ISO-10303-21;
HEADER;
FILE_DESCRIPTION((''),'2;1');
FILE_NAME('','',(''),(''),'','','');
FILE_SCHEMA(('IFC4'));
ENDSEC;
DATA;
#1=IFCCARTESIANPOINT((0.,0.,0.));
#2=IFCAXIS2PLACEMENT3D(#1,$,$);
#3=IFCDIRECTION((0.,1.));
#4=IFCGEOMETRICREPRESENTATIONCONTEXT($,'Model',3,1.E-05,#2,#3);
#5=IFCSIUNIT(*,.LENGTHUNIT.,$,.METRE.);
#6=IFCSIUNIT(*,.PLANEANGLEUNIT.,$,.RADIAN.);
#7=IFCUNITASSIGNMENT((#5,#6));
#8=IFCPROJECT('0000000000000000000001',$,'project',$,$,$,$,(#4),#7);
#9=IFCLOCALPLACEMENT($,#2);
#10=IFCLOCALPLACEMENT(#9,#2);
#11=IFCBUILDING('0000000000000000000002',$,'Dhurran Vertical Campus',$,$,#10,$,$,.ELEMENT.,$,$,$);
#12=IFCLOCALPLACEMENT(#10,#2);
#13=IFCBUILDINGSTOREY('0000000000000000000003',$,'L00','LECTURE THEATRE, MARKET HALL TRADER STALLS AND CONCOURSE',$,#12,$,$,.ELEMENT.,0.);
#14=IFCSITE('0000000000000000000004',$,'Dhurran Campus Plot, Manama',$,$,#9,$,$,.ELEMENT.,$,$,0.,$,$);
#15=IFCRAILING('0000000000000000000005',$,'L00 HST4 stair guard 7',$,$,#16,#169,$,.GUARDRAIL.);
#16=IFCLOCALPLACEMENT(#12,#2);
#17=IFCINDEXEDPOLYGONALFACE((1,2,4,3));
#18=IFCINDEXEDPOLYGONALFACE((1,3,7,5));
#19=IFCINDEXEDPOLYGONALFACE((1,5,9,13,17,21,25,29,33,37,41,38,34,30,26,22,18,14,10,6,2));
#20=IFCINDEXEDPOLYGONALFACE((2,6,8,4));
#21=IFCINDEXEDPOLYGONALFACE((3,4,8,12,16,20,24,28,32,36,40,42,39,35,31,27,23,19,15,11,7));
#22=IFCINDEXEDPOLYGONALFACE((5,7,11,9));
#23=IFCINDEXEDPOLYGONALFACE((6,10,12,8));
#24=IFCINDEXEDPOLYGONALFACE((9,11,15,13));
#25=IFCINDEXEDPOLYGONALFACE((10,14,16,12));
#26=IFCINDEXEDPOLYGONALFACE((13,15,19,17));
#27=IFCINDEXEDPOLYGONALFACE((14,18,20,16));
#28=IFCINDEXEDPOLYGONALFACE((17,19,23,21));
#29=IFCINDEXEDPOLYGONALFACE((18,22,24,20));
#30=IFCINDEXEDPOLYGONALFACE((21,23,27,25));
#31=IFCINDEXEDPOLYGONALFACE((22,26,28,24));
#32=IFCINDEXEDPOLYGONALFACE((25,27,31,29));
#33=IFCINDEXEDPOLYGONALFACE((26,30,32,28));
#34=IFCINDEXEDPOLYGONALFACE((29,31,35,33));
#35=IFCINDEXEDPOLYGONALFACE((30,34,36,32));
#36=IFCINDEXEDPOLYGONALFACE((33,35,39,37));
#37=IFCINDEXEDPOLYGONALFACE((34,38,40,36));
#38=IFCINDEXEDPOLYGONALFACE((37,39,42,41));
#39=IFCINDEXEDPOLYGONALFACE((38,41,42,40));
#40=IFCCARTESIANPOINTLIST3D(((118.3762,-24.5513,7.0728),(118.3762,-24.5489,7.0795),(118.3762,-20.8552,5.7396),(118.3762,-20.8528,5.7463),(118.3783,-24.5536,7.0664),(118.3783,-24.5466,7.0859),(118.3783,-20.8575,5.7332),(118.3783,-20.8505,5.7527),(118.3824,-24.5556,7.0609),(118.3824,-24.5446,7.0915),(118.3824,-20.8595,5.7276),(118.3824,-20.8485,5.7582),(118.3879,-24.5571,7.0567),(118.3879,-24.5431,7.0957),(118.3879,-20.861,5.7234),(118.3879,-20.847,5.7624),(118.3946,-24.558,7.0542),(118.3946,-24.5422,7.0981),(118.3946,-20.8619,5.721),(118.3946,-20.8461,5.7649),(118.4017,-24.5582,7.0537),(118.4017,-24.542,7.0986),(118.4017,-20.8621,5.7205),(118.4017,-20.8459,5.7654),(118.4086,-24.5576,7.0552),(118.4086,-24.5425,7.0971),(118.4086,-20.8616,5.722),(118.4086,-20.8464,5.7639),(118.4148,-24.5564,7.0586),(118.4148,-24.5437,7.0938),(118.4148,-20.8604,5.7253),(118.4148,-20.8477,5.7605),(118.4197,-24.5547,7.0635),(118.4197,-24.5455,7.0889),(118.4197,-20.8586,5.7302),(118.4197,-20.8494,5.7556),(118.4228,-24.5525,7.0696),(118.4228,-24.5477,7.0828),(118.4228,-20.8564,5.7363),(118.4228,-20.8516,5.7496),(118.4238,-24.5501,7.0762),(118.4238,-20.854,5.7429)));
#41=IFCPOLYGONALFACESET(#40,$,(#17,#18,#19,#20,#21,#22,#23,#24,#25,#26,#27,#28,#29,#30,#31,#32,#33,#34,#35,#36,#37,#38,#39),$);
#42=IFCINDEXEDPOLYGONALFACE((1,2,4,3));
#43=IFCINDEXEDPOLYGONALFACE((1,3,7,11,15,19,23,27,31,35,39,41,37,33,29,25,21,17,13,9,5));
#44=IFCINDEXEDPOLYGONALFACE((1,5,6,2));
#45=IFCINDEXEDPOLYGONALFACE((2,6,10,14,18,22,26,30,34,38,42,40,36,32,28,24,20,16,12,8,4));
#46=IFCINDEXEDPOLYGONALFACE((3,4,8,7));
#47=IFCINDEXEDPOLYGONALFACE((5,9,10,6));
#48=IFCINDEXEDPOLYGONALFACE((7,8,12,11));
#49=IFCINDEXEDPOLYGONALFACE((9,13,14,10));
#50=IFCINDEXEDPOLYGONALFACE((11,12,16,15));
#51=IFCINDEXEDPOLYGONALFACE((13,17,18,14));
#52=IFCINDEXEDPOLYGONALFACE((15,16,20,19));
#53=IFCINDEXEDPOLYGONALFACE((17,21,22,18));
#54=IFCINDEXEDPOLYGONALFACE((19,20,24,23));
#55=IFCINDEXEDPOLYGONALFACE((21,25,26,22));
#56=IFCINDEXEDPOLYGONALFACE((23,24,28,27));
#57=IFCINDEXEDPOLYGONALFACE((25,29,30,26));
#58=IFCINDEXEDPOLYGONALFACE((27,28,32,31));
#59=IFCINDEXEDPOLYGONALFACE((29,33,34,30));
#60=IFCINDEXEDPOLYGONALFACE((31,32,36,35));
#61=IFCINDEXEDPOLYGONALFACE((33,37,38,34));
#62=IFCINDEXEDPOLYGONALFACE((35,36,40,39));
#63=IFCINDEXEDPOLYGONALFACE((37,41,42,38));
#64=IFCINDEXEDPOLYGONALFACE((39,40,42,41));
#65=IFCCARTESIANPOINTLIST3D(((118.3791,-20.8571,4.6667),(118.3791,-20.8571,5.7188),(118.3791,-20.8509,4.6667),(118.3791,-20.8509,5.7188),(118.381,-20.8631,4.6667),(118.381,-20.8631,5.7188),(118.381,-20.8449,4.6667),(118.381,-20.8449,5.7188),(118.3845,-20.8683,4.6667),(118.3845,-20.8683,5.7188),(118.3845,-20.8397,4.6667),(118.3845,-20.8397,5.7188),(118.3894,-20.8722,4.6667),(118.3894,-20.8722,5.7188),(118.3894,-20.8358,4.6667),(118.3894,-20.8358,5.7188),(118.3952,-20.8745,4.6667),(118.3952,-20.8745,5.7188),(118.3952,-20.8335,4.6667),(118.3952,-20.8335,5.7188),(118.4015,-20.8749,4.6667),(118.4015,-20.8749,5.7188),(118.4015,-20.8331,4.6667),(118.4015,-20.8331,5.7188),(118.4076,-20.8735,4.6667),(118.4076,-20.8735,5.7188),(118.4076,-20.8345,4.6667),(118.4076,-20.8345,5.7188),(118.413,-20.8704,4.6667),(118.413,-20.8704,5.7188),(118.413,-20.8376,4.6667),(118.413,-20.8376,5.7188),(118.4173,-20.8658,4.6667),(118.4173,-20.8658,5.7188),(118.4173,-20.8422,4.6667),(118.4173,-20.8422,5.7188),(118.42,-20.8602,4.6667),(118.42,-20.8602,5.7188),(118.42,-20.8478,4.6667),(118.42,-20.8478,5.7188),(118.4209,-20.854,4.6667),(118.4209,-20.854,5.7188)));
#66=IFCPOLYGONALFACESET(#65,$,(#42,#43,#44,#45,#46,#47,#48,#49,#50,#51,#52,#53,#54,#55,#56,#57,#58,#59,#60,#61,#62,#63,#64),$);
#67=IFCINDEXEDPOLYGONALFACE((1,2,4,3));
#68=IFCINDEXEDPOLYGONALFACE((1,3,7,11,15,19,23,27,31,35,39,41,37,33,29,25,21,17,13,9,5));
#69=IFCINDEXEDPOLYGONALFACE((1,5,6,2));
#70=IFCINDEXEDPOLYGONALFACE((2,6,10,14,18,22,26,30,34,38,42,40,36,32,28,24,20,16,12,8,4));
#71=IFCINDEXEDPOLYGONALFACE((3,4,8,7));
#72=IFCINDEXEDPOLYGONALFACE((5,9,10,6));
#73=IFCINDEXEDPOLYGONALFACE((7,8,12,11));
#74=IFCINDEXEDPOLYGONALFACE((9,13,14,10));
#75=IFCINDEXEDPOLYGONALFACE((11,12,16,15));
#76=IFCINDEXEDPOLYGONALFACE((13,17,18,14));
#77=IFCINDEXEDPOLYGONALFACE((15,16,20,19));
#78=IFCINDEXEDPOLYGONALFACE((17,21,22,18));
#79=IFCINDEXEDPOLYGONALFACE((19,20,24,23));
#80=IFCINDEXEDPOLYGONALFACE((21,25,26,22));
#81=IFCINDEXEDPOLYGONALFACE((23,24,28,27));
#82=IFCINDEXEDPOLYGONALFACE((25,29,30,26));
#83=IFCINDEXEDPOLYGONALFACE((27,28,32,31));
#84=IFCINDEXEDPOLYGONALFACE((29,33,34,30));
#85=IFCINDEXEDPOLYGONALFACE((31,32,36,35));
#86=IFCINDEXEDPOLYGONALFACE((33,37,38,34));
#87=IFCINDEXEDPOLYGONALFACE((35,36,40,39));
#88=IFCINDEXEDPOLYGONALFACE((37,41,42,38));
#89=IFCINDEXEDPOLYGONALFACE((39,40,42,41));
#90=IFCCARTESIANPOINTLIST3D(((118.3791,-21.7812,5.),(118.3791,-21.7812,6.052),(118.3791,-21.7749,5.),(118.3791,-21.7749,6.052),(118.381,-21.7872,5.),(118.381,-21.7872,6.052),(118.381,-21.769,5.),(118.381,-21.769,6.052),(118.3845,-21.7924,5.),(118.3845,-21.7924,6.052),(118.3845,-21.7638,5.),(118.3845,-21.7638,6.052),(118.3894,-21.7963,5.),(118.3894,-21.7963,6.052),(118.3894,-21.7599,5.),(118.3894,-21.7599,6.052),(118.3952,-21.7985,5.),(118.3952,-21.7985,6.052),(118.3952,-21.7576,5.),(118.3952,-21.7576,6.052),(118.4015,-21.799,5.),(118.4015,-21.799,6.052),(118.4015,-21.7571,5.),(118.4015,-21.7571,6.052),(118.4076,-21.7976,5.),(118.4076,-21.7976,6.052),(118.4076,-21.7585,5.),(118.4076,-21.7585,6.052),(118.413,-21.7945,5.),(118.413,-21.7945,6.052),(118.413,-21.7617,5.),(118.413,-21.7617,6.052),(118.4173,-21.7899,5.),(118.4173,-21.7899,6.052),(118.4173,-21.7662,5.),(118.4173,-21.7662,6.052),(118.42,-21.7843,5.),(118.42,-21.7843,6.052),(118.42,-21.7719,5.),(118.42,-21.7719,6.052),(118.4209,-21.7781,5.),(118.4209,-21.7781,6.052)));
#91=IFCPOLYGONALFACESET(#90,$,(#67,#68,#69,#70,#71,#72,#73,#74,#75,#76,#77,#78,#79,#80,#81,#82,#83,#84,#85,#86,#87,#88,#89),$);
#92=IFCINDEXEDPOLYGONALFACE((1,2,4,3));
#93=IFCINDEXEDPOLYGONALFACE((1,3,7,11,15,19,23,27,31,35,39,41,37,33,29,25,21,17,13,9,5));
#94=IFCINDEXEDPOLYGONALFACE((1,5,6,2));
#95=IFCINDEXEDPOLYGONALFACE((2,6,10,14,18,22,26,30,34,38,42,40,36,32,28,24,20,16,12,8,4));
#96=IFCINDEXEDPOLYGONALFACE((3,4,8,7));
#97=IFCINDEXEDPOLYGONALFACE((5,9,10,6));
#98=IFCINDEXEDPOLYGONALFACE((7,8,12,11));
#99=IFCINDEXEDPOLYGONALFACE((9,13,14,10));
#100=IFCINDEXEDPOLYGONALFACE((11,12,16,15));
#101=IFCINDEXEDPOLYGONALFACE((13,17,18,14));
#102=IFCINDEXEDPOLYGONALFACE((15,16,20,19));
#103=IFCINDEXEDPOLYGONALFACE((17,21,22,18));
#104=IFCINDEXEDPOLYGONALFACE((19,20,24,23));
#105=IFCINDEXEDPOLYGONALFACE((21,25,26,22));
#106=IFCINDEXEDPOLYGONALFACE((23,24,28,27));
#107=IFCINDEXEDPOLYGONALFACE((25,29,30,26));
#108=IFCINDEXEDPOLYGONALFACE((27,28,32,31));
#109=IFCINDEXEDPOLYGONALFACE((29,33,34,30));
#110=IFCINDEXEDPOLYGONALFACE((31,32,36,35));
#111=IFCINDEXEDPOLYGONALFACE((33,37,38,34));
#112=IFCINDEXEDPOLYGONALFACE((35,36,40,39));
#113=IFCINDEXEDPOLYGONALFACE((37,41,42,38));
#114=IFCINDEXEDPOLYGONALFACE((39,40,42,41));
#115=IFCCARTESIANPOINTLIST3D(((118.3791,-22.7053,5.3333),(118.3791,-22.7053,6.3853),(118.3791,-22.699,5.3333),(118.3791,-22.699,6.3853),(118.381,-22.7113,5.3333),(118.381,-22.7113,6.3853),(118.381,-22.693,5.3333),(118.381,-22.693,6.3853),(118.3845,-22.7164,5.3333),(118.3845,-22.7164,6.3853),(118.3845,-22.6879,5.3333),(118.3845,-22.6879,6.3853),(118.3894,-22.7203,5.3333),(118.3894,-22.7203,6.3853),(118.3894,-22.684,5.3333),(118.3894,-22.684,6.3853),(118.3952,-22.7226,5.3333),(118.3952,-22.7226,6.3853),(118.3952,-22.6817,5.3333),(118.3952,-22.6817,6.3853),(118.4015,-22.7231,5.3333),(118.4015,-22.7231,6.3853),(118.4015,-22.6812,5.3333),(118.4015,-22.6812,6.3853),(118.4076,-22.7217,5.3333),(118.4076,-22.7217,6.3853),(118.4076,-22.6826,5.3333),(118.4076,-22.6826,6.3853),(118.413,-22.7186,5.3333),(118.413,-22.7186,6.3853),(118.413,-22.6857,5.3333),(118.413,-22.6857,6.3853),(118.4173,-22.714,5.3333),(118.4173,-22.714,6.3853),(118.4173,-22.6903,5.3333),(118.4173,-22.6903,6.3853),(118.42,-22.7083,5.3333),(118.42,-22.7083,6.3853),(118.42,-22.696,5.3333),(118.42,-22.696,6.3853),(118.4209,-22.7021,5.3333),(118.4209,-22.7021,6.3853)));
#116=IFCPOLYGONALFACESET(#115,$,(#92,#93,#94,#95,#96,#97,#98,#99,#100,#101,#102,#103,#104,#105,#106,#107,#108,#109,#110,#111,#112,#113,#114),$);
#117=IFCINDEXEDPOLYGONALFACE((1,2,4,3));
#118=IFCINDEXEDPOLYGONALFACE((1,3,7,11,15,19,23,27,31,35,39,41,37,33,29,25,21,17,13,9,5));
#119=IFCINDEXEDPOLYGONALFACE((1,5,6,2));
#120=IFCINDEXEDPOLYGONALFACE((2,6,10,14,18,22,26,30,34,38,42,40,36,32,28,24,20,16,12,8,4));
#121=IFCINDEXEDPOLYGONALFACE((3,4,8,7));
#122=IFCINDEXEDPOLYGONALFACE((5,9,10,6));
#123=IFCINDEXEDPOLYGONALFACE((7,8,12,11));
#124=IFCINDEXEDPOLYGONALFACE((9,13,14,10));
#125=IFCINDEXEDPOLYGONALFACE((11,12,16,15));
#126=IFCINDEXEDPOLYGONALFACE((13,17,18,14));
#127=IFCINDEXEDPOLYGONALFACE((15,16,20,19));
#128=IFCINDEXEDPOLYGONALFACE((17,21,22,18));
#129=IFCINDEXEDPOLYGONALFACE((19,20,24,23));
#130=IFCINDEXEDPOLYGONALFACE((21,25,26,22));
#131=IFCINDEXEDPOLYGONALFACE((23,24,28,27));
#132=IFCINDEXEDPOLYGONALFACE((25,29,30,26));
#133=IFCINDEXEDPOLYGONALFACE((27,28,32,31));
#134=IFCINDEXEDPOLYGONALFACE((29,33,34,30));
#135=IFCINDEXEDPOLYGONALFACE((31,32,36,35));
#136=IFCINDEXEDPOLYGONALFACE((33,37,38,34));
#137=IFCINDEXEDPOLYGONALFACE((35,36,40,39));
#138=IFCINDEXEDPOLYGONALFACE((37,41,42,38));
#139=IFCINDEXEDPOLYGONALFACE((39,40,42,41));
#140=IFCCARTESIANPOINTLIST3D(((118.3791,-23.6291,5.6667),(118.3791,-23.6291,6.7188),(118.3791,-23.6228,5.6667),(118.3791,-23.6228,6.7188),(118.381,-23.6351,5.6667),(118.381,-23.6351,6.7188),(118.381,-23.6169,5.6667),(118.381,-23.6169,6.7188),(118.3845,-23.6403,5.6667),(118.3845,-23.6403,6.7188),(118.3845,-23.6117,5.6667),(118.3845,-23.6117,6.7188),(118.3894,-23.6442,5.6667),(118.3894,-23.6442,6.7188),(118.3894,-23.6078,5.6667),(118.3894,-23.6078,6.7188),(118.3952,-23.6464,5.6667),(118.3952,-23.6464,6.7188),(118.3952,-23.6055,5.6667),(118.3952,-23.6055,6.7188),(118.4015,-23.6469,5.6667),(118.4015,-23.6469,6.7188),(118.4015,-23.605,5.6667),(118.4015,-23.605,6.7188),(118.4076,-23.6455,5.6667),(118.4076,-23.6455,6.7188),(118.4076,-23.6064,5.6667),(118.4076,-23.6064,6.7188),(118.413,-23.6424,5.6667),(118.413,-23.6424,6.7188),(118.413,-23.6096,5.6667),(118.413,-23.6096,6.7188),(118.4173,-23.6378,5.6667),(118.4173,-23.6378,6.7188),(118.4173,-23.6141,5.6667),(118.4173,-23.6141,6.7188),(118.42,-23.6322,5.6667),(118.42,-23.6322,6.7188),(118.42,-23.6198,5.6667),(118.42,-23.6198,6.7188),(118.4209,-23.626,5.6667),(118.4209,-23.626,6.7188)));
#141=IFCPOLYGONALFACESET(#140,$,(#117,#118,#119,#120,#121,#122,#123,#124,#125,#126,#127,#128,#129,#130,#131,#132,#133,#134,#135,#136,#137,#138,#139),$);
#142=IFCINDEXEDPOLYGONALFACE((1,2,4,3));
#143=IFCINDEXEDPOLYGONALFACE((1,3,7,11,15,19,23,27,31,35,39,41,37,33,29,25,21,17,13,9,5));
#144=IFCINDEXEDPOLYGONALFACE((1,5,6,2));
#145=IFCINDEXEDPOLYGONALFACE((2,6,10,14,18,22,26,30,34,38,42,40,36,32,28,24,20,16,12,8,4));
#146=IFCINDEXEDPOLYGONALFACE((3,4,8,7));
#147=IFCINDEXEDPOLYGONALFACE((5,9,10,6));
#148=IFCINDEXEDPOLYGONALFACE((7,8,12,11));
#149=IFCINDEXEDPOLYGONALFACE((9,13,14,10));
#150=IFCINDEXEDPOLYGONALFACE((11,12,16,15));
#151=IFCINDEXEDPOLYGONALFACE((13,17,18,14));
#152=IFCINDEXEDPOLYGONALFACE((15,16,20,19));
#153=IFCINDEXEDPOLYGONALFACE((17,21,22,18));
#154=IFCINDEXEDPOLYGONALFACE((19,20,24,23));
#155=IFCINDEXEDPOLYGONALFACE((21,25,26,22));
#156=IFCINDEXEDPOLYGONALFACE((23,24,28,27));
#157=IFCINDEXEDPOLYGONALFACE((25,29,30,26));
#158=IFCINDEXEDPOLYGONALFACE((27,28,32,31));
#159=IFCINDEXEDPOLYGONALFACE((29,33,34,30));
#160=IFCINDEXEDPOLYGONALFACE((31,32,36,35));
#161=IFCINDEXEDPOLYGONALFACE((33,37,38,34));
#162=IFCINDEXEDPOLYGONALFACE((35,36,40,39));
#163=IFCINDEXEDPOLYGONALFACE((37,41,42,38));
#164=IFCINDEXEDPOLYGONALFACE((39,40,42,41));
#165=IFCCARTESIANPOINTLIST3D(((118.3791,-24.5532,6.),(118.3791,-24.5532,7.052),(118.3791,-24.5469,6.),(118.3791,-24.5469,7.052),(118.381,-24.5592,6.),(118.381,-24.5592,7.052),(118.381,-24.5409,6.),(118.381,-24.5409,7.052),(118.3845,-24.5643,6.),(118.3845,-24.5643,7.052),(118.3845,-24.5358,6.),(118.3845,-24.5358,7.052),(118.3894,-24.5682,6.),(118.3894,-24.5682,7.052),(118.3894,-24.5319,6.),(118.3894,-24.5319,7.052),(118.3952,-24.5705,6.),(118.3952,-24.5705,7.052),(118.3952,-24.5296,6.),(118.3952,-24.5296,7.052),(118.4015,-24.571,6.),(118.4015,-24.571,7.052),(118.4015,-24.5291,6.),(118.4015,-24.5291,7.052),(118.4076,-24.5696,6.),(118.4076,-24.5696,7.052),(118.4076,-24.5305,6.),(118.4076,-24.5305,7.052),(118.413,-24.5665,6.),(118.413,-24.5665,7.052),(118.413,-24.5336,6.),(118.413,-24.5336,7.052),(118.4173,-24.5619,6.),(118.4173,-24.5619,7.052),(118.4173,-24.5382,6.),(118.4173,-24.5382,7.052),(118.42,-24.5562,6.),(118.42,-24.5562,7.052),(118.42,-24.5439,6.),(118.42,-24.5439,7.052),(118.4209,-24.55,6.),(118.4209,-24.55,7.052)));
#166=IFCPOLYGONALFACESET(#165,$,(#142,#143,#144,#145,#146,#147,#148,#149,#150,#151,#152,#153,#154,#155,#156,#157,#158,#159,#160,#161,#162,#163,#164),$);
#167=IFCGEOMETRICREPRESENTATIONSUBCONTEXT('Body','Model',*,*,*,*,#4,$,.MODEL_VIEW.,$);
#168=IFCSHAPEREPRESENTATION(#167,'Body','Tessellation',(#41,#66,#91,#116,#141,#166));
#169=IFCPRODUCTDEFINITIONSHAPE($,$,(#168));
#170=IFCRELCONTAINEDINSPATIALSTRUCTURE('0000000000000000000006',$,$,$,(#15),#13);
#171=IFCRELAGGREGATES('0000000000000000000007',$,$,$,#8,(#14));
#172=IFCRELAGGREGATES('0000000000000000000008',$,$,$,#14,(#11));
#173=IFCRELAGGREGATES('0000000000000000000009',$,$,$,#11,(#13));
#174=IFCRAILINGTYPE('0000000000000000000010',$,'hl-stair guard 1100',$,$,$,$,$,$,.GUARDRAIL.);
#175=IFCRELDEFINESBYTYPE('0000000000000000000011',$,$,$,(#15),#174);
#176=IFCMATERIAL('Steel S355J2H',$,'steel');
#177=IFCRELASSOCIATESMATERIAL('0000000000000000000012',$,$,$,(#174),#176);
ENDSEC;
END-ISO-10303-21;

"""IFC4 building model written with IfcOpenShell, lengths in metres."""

from ifc_helpers import new_model, si_unit, direction, frame, origin, origin_2d, place, context, subcontext, project, spatial, circle, extrude, material, type_object, element, save


model = new_model("IFC4")

# Units and contexts
model_context = context("Model", 3, precision=1e-05, world=origin(), true_north=direction((0.0, 1.0)))
body_context = subcontext(model_context, "Body", "Model", "MODEL_VIEW")
ifc_project = project(units=[si_unit("LENGTHUNIT", "METRE"), si_unit("PLANEANGLEUNIT", "RADIAN")], contexts=[model_context])

# Site, building, storey
site_placement = place(None, origin())
site = spatial("IfcSite", under=ifc_project, at=site_placement, Name="Dhurran Campus Plot, Manama", CompositionType="ELEMENT", RefElevation=0.0)
building_placement = place(site_placement, origin())
building = spatial("IfcBuilding", under=site, at=building_placement, Name="Dhurran Vertical Campus", CompositionType="ELEMENT")
storey_placement = place(building_placement, origin())
storey = spatial("IfcBuildingStorey", under=building, at=storey_placement, Name="L00", Description="LECTURE THEATRE, MARKET HALL TRADER STALLS AND CONCOURSE", CompositionType="ELEMENT", Elevation=0.0)

# Railing
ifc_material_1 = material(Name="Steel S355J2H", Category="steel")
railing_type_1 = type_object("IfcRailingType", Name="hl-stair guard 1100", PredefinedType="GUARDRAIL", material=ifc_material_1)
railing_1_placement = place(storey_placement, frame((118.3999, -20.854, 4.6667)))
element("IfcRailing", 1, at=railing_1_placement, inside=storey, type_object=railing_type_1, Name="L00 HST4 stair guard 7", PredefinedType="GUARDRAIL", context=body_context, shape_type="SweptSolid", body=[
    extrude(circle(Radius=0.0239, at=origin_2d()), frame((0.0, 0.0, 1.0762), z_axis=(0.0, -0.94067, 0.339322), x_axis=(1.0, 0.0, 0.0)), (0.0, 0.0, 1.0), 3.9292),
    extrude(circle(Radius=0.021, at=origin_2d()), origin(), (0.0, 0.0, 1.0), 1.052),
    extrude(circle(Radius=0.021, at=origin_2d()), frame((0.0, -0.9241, 0.3333)), (0.0, 0.0, 1.0), 1.052),
    extrude(circle(Radius=0.021, at=origin_2d()), frame((0.0, -1.8481, 0.6665)), (0.0, 0.0, 1.0), 1.052),
    extrude(circle(Radius=0.021, at=origin_2d()), frame((0.0, -2.772, 1.0)), (0.0, 0.0, 1.0), 1.052),
    extrude(circle(Radius=0.021, at=origin_2d()), frame((0.0, -3.696, 1.3333)), (0.0, 0.0, 1.0), 1.052),
])

save(model, "model.ifc")
